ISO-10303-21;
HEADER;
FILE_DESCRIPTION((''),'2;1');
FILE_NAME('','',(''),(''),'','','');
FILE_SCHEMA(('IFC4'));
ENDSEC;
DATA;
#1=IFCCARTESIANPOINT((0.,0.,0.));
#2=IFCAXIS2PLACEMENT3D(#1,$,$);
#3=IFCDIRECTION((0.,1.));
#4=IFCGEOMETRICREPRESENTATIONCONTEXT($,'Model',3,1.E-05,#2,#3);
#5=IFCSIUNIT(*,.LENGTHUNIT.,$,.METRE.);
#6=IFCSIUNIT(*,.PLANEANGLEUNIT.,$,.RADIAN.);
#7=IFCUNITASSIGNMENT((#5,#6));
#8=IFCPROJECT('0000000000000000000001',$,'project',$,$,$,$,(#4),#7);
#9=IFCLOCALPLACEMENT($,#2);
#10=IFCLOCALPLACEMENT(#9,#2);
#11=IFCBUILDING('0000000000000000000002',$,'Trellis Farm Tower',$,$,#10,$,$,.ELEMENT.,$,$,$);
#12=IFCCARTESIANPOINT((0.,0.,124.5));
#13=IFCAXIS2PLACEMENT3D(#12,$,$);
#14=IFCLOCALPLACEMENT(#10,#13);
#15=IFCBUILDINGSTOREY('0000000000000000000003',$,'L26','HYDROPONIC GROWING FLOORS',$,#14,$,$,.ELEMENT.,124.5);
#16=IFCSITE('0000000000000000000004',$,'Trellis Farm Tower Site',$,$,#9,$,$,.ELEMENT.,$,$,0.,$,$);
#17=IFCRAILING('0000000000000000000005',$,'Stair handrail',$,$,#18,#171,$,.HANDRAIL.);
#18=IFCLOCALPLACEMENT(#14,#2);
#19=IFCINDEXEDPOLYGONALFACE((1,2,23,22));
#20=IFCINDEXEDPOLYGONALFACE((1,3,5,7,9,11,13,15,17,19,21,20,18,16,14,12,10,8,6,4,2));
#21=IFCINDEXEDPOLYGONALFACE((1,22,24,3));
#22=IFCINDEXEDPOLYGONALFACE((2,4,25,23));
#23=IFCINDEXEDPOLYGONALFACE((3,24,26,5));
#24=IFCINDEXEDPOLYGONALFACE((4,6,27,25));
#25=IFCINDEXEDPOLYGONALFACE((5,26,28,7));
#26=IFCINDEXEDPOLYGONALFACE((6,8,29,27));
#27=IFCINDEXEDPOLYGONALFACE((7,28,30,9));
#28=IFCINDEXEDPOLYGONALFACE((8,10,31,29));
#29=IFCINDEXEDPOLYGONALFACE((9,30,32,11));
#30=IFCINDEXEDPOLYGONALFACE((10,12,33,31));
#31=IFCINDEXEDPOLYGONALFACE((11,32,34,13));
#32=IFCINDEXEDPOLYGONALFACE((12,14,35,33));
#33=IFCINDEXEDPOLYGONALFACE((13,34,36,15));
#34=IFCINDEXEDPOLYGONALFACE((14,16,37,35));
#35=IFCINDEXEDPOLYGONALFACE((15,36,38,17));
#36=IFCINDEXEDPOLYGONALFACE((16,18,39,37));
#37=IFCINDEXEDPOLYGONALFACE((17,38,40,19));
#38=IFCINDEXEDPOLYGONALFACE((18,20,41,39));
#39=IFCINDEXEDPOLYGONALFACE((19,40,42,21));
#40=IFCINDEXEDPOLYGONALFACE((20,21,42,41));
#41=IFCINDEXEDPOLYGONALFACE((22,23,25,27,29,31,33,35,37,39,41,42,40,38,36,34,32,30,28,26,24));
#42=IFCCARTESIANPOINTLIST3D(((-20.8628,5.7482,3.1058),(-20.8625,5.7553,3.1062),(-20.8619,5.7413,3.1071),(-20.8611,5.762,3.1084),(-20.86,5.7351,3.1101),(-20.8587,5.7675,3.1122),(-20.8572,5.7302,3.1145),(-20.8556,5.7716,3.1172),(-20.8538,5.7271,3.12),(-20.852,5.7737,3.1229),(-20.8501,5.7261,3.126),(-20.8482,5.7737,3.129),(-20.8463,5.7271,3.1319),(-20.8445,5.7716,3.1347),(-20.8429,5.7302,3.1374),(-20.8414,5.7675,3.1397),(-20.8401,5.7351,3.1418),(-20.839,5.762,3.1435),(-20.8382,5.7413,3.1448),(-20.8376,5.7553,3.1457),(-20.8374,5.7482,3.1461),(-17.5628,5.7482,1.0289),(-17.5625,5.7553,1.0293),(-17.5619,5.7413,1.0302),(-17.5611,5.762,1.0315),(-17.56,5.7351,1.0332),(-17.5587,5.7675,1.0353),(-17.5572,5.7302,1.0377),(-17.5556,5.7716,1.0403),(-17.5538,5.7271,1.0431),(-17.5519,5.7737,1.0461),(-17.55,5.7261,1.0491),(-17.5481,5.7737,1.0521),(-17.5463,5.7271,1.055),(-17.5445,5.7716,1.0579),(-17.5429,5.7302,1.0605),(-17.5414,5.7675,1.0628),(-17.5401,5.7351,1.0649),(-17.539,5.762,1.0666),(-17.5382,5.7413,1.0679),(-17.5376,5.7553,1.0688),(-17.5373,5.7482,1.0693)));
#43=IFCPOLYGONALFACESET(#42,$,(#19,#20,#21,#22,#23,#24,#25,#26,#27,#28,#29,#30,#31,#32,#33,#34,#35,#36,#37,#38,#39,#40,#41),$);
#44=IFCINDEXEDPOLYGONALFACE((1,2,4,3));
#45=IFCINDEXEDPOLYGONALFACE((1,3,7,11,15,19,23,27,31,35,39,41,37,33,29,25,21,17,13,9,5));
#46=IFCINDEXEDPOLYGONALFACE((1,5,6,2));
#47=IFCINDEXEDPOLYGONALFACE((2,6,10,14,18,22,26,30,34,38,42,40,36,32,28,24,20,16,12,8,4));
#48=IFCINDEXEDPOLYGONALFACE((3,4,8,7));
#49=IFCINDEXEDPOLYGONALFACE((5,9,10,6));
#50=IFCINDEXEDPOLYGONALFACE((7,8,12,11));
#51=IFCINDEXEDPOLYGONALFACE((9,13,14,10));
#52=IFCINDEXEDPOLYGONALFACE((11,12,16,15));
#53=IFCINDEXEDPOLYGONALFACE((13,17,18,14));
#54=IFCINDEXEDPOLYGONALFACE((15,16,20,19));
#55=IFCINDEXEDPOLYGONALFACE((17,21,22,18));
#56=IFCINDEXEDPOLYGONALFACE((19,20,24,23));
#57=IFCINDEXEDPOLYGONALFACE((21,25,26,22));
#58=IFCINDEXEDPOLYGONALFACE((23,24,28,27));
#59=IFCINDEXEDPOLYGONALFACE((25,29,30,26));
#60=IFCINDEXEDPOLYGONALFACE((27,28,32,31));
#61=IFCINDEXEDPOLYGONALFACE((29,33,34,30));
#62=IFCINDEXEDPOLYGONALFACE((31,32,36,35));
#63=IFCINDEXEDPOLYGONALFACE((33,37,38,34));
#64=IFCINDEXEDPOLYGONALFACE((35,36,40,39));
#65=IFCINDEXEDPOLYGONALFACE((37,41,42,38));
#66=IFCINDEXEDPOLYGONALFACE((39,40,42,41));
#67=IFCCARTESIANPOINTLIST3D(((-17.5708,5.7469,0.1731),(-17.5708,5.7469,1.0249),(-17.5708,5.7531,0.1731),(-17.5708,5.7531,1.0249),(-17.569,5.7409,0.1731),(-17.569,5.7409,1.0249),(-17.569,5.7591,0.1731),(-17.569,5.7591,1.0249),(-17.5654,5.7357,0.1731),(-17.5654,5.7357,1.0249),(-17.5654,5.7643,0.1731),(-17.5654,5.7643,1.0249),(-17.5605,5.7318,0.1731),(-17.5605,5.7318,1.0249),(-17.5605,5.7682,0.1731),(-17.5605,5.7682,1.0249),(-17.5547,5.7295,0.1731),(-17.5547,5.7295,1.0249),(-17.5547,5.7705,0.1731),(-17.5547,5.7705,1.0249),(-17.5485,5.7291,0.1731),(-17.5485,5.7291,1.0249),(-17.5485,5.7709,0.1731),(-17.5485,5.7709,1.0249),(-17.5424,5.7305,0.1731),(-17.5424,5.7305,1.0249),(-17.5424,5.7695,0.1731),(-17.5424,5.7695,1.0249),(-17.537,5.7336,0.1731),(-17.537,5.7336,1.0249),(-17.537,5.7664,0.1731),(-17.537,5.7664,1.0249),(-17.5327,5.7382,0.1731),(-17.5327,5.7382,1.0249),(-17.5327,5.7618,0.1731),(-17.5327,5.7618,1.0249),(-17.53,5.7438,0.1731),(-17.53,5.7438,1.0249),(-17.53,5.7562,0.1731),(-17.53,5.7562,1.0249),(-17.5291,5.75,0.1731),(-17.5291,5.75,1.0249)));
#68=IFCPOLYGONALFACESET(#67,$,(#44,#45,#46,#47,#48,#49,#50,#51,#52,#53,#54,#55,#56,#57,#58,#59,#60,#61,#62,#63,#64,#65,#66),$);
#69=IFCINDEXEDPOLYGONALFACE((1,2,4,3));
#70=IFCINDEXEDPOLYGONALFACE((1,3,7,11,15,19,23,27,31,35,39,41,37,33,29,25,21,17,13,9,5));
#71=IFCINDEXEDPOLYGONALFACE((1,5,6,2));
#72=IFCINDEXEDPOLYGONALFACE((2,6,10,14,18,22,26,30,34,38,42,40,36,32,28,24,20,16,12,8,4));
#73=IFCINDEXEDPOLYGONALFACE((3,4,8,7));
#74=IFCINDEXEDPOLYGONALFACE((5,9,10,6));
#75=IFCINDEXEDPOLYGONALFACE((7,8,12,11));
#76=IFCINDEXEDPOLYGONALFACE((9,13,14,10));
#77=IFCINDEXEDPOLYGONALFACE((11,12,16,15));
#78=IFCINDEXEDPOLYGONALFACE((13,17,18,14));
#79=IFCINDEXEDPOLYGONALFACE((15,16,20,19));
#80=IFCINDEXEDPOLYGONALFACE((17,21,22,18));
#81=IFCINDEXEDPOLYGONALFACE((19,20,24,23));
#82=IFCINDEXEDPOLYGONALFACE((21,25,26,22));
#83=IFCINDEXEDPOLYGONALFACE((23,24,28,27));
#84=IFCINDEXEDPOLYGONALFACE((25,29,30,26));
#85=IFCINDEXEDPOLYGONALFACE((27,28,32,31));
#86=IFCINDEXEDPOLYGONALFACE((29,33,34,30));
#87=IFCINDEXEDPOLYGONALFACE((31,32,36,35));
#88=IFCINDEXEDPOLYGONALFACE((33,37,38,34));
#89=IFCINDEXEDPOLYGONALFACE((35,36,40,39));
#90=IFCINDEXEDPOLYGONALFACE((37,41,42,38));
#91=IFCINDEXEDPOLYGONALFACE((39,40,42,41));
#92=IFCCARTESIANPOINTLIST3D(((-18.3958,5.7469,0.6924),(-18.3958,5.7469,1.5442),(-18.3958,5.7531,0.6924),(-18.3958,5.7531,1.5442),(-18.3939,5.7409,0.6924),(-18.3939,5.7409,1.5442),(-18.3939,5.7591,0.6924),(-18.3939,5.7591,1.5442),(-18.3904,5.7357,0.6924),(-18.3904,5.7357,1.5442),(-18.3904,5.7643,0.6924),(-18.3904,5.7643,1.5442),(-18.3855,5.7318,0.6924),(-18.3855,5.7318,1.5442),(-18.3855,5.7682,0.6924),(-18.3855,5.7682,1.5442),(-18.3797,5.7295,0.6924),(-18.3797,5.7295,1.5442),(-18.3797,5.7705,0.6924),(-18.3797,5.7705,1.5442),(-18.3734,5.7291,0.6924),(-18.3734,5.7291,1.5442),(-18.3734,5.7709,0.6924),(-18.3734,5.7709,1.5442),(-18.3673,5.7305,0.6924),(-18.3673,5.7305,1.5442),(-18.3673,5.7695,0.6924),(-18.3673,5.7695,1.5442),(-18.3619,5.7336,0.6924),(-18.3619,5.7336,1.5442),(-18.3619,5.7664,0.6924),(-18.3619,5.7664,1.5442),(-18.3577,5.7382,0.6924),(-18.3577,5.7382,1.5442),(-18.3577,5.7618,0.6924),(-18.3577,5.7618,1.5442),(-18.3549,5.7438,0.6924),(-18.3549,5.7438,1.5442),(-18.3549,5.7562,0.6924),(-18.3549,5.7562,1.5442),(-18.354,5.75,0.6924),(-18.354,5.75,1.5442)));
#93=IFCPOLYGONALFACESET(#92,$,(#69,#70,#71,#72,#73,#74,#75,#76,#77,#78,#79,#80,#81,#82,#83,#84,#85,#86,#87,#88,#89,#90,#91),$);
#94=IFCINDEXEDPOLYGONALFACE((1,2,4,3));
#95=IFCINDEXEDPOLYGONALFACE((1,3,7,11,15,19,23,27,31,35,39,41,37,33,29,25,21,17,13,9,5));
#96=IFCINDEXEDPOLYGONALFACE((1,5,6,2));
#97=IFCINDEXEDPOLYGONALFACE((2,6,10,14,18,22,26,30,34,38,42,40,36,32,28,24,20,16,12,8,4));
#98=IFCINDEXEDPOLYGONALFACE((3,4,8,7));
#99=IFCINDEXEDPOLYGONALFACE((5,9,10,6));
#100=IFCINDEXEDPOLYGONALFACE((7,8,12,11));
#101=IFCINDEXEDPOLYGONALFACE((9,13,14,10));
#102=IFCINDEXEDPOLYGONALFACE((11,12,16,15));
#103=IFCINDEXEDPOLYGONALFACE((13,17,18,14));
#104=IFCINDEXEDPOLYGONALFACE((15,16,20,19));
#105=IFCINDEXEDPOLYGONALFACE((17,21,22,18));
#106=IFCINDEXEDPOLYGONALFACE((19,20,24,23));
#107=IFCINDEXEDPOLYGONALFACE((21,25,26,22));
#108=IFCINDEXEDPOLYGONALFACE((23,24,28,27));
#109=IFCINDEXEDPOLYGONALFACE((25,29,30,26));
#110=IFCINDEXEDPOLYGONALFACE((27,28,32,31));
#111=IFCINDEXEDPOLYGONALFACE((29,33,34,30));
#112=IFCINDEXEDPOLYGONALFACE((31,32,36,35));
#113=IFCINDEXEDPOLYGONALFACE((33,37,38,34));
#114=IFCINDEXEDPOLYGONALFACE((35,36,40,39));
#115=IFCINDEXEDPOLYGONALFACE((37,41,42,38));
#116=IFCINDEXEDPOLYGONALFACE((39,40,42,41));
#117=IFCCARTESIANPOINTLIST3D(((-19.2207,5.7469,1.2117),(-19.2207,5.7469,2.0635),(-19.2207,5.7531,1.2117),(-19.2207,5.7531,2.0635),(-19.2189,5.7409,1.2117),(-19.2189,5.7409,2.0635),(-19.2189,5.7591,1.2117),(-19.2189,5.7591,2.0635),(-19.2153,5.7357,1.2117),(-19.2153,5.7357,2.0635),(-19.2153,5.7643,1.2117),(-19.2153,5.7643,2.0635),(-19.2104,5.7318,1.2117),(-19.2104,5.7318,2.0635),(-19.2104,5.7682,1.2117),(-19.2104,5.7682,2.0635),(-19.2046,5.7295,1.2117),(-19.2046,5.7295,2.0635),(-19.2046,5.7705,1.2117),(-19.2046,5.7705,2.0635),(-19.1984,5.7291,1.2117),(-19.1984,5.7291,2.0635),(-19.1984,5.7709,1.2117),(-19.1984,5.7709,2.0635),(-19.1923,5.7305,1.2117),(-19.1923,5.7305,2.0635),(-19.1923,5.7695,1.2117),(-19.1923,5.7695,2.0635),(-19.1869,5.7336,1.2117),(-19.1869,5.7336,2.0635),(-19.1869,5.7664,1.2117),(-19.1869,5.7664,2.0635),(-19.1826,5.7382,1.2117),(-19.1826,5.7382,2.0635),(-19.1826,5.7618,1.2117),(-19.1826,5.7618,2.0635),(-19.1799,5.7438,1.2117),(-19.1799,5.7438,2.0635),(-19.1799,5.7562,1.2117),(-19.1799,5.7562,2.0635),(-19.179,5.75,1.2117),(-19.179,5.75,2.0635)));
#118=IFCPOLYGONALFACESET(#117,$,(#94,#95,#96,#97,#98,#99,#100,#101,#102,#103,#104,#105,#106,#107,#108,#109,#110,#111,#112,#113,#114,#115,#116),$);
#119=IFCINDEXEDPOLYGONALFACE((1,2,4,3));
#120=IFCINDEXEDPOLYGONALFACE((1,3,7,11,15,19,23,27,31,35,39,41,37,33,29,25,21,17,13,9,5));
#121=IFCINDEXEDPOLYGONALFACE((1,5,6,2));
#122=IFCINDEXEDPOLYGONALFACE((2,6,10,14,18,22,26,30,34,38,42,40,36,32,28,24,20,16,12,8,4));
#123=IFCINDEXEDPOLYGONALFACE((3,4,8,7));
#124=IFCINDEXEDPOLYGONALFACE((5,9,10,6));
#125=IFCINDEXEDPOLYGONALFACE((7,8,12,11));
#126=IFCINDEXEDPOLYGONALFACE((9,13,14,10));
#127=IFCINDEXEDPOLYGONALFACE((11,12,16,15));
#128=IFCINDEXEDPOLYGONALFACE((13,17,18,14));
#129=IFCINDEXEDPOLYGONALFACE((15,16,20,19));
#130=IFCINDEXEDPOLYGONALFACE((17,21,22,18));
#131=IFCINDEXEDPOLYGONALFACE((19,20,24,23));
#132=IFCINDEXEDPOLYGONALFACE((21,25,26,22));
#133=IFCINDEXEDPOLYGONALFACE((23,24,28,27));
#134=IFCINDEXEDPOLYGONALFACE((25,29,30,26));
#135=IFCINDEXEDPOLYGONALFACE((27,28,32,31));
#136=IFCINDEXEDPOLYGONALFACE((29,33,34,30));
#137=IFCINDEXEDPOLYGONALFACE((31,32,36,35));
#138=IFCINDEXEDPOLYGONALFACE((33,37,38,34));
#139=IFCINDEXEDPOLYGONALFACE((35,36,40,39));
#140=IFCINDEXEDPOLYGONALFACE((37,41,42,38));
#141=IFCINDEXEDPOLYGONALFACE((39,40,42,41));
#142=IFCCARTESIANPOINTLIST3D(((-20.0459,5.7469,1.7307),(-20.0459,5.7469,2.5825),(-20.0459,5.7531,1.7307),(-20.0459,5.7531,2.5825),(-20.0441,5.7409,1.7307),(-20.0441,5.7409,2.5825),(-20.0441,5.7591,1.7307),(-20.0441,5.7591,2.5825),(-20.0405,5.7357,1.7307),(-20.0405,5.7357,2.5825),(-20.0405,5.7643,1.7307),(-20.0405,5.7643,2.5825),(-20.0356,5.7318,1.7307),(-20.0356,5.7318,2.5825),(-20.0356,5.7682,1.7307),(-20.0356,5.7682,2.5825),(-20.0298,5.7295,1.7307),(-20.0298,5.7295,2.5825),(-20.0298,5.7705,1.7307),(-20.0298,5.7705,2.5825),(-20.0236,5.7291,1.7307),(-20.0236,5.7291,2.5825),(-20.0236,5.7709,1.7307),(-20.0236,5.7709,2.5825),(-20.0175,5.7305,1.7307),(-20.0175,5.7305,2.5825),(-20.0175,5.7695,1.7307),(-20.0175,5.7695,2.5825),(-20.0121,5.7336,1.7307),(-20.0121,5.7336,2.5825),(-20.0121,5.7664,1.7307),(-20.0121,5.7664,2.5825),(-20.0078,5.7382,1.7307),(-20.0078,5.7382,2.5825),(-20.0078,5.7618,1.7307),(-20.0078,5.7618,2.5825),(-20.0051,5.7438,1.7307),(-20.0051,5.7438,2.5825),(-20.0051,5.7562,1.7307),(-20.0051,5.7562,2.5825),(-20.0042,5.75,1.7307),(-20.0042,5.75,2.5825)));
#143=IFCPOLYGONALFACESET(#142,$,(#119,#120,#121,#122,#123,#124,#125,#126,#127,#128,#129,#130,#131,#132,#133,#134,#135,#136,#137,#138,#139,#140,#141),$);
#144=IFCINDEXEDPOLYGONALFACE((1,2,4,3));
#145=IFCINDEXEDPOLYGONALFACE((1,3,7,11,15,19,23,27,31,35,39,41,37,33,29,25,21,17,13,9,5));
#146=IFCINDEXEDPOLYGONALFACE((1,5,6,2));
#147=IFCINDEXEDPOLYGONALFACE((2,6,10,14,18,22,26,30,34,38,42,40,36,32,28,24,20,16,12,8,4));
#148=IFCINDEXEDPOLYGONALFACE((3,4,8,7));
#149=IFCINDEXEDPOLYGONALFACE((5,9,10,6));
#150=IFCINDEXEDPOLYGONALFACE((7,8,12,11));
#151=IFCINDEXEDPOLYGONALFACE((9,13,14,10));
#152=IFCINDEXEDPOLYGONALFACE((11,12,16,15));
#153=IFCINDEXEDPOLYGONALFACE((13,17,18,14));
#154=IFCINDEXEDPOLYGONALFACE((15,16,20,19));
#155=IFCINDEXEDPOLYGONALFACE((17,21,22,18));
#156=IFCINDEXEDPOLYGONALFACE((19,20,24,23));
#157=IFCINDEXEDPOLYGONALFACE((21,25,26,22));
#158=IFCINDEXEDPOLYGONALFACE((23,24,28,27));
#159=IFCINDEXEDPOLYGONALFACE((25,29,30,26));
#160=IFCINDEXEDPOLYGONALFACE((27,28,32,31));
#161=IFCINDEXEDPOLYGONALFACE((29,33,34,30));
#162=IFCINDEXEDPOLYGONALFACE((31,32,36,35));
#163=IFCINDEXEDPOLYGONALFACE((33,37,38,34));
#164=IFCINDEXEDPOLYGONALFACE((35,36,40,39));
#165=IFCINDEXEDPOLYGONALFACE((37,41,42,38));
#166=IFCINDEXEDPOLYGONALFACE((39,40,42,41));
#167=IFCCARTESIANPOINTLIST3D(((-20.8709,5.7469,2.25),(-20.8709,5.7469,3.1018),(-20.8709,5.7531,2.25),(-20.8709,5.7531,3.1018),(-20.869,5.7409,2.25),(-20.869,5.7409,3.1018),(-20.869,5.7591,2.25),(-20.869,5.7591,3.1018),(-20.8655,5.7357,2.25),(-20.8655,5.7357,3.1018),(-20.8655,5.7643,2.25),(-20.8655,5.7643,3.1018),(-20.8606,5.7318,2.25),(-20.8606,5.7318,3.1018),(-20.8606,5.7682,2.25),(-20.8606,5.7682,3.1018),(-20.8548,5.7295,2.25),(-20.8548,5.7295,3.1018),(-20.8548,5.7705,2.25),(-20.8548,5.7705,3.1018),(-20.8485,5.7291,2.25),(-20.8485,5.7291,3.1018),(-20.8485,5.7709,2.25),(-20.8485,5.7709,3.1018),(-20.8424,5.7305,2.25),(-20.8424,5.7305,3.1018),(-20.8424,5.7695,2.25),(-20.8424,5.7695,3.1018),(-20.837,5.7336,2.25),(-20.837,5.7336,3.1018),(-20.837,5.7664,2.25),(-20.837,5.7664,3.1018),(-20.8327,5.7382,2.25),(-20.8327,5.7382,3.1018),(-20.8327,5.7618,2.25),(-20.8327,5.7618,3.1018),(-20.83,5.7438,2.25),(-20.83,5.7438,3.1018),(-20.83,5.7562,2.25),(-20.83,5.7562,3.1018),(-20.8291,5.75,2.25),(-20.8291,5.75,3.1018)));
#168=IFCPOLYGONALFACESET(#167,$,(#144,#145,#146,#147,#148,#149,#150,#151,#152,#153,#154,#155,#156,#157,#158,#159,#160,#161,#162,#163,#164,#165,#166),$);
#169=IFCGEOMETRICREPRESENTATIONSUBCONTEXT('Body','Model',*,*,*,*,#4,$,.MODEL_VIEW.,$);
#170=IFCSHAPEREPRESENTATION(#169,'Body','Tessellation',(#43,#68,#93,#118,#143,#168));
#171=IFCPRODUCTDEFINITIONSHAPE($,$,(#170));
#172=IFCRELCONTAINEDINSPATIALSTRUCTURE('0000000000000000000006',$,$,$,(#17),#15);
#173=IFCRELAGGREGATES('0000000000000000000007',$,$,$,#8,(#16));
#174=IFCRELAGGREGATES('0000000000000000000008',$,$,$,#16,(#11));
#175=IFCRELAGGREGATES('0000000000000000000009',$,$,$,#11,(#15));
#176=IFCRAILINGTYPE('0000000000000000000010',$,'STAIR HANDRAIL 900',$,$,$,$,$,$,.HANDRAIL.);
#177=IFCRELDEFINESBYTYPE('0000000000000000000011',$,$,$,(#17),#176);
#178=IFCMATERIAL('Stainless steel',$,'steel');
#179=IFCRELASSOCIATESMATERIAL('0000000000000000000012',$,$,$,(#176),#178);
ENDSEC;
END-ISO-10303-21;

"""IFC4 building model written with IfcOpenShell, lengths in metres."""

from ifc_helpers import new_model, si_unit, direction, frame, origin, origin_2d, place, context, subcontext, project, spatial, circle, extrude, source, transform, mapped, material, type_object, element, save


model = new_model("IFC4")

# Units and contexts
model_context = context("Model", 3, precision=1e-05, world=origin(), true_north=direction((0.0, 1.0)))
body_context = subcontext(model_context, "Body", "Model", "MODEL_VIEW")
ifc_project = project(units=[si_unit("LENGTHUNIT", "METRE"), si_unit("PLANEANGLEUNIT", "RADIAN")], contexts=[model_context])

# Site, building, storey
site_placement = place(None, origin())
site = spatial("IfcSite", under=ifc_project, at=site_placement, Name="Trellis Farm Tower Site", CompositionType="ELEMENT", RefElevation=0.0)
building_placement = place(site_placement, origin())
building = spatial("IfcBuilding", under=site, at=building_placement, Name="Trellis Farm Tower", CompositionType="ELEMENT")
storey_placement = place(building_placement, frame((0.0, 0.0, 124.5)))
storey = spatial("IfcBuildingStorey", under=building, at=storey_placement, Name="L26", Description="HYDROPONIC GROWING FLOORS", CompositionType="ELEMENT", Elevation=124.5)

# Railing
ifc_material_1 = material(Name="Stainless steel", Category="steel")
railing_type = type_object("IfcRailingType", Name="STAIR HANDRAIL 900", PredefinedType="HANDRAIL", material=ifc_material_1)
shared_shape_1 = source(origin(), body_context, "Body", "SweptSolid", [
    extrude(circle(Radius=0.0239, at=origin_2d()), frame((0.0, 0.0, 0.876), z_axis=(-0.846337, 0.0, 0.532647), x_axis=(0.0, -1.0, 0.0)), (0.0, 0.0, 1.0), 3.8992),
    extrude(circle(Radius=0.021, at=origin_2d()), origin(), (0.0, 0.0, 1.0), 0.8518),
    extrude(circle(Radius=0.021, at=origin_2d()), frame((-0.825, 0.0, 0.5193)), (0.0, 0.0, 1.0), 0.8518),
    extrude(circle(Radius=0.021, at=origin_2d()), frame((-1.6499, 0.0, 1.0386)), (0.0, 0.0, 1.0), 0.8518),
    extrude(circle(Radius=0.021, at=origin_2d()), frame((-2.4751, 0.0, 1.5576)), (0.0, 0.0, 1.0), 0.8518),
    extrude(circle(Radius=0.021, at=origin_2d()), frame((-3.3, 0.0, 2.0769)), (0.0, 0.0, 1.0), 0.8518),
])
for number, where, name in (
    (1, (-17.55, 5.75, 0.1731), "Stair handrail"),
):
    element("IfcRailing", number, at=place(storey_placement, frame(where)), inside=storey, type_object=railing_type, Name=name, PredefinedType="HANDRAIL", context=body_context, shape_type="MappedRepresentation", body=[
        mapped(shared_shape_1, transform((0.0, 0.0, 0.0))),
    ])

save(model, "model.ifc")
